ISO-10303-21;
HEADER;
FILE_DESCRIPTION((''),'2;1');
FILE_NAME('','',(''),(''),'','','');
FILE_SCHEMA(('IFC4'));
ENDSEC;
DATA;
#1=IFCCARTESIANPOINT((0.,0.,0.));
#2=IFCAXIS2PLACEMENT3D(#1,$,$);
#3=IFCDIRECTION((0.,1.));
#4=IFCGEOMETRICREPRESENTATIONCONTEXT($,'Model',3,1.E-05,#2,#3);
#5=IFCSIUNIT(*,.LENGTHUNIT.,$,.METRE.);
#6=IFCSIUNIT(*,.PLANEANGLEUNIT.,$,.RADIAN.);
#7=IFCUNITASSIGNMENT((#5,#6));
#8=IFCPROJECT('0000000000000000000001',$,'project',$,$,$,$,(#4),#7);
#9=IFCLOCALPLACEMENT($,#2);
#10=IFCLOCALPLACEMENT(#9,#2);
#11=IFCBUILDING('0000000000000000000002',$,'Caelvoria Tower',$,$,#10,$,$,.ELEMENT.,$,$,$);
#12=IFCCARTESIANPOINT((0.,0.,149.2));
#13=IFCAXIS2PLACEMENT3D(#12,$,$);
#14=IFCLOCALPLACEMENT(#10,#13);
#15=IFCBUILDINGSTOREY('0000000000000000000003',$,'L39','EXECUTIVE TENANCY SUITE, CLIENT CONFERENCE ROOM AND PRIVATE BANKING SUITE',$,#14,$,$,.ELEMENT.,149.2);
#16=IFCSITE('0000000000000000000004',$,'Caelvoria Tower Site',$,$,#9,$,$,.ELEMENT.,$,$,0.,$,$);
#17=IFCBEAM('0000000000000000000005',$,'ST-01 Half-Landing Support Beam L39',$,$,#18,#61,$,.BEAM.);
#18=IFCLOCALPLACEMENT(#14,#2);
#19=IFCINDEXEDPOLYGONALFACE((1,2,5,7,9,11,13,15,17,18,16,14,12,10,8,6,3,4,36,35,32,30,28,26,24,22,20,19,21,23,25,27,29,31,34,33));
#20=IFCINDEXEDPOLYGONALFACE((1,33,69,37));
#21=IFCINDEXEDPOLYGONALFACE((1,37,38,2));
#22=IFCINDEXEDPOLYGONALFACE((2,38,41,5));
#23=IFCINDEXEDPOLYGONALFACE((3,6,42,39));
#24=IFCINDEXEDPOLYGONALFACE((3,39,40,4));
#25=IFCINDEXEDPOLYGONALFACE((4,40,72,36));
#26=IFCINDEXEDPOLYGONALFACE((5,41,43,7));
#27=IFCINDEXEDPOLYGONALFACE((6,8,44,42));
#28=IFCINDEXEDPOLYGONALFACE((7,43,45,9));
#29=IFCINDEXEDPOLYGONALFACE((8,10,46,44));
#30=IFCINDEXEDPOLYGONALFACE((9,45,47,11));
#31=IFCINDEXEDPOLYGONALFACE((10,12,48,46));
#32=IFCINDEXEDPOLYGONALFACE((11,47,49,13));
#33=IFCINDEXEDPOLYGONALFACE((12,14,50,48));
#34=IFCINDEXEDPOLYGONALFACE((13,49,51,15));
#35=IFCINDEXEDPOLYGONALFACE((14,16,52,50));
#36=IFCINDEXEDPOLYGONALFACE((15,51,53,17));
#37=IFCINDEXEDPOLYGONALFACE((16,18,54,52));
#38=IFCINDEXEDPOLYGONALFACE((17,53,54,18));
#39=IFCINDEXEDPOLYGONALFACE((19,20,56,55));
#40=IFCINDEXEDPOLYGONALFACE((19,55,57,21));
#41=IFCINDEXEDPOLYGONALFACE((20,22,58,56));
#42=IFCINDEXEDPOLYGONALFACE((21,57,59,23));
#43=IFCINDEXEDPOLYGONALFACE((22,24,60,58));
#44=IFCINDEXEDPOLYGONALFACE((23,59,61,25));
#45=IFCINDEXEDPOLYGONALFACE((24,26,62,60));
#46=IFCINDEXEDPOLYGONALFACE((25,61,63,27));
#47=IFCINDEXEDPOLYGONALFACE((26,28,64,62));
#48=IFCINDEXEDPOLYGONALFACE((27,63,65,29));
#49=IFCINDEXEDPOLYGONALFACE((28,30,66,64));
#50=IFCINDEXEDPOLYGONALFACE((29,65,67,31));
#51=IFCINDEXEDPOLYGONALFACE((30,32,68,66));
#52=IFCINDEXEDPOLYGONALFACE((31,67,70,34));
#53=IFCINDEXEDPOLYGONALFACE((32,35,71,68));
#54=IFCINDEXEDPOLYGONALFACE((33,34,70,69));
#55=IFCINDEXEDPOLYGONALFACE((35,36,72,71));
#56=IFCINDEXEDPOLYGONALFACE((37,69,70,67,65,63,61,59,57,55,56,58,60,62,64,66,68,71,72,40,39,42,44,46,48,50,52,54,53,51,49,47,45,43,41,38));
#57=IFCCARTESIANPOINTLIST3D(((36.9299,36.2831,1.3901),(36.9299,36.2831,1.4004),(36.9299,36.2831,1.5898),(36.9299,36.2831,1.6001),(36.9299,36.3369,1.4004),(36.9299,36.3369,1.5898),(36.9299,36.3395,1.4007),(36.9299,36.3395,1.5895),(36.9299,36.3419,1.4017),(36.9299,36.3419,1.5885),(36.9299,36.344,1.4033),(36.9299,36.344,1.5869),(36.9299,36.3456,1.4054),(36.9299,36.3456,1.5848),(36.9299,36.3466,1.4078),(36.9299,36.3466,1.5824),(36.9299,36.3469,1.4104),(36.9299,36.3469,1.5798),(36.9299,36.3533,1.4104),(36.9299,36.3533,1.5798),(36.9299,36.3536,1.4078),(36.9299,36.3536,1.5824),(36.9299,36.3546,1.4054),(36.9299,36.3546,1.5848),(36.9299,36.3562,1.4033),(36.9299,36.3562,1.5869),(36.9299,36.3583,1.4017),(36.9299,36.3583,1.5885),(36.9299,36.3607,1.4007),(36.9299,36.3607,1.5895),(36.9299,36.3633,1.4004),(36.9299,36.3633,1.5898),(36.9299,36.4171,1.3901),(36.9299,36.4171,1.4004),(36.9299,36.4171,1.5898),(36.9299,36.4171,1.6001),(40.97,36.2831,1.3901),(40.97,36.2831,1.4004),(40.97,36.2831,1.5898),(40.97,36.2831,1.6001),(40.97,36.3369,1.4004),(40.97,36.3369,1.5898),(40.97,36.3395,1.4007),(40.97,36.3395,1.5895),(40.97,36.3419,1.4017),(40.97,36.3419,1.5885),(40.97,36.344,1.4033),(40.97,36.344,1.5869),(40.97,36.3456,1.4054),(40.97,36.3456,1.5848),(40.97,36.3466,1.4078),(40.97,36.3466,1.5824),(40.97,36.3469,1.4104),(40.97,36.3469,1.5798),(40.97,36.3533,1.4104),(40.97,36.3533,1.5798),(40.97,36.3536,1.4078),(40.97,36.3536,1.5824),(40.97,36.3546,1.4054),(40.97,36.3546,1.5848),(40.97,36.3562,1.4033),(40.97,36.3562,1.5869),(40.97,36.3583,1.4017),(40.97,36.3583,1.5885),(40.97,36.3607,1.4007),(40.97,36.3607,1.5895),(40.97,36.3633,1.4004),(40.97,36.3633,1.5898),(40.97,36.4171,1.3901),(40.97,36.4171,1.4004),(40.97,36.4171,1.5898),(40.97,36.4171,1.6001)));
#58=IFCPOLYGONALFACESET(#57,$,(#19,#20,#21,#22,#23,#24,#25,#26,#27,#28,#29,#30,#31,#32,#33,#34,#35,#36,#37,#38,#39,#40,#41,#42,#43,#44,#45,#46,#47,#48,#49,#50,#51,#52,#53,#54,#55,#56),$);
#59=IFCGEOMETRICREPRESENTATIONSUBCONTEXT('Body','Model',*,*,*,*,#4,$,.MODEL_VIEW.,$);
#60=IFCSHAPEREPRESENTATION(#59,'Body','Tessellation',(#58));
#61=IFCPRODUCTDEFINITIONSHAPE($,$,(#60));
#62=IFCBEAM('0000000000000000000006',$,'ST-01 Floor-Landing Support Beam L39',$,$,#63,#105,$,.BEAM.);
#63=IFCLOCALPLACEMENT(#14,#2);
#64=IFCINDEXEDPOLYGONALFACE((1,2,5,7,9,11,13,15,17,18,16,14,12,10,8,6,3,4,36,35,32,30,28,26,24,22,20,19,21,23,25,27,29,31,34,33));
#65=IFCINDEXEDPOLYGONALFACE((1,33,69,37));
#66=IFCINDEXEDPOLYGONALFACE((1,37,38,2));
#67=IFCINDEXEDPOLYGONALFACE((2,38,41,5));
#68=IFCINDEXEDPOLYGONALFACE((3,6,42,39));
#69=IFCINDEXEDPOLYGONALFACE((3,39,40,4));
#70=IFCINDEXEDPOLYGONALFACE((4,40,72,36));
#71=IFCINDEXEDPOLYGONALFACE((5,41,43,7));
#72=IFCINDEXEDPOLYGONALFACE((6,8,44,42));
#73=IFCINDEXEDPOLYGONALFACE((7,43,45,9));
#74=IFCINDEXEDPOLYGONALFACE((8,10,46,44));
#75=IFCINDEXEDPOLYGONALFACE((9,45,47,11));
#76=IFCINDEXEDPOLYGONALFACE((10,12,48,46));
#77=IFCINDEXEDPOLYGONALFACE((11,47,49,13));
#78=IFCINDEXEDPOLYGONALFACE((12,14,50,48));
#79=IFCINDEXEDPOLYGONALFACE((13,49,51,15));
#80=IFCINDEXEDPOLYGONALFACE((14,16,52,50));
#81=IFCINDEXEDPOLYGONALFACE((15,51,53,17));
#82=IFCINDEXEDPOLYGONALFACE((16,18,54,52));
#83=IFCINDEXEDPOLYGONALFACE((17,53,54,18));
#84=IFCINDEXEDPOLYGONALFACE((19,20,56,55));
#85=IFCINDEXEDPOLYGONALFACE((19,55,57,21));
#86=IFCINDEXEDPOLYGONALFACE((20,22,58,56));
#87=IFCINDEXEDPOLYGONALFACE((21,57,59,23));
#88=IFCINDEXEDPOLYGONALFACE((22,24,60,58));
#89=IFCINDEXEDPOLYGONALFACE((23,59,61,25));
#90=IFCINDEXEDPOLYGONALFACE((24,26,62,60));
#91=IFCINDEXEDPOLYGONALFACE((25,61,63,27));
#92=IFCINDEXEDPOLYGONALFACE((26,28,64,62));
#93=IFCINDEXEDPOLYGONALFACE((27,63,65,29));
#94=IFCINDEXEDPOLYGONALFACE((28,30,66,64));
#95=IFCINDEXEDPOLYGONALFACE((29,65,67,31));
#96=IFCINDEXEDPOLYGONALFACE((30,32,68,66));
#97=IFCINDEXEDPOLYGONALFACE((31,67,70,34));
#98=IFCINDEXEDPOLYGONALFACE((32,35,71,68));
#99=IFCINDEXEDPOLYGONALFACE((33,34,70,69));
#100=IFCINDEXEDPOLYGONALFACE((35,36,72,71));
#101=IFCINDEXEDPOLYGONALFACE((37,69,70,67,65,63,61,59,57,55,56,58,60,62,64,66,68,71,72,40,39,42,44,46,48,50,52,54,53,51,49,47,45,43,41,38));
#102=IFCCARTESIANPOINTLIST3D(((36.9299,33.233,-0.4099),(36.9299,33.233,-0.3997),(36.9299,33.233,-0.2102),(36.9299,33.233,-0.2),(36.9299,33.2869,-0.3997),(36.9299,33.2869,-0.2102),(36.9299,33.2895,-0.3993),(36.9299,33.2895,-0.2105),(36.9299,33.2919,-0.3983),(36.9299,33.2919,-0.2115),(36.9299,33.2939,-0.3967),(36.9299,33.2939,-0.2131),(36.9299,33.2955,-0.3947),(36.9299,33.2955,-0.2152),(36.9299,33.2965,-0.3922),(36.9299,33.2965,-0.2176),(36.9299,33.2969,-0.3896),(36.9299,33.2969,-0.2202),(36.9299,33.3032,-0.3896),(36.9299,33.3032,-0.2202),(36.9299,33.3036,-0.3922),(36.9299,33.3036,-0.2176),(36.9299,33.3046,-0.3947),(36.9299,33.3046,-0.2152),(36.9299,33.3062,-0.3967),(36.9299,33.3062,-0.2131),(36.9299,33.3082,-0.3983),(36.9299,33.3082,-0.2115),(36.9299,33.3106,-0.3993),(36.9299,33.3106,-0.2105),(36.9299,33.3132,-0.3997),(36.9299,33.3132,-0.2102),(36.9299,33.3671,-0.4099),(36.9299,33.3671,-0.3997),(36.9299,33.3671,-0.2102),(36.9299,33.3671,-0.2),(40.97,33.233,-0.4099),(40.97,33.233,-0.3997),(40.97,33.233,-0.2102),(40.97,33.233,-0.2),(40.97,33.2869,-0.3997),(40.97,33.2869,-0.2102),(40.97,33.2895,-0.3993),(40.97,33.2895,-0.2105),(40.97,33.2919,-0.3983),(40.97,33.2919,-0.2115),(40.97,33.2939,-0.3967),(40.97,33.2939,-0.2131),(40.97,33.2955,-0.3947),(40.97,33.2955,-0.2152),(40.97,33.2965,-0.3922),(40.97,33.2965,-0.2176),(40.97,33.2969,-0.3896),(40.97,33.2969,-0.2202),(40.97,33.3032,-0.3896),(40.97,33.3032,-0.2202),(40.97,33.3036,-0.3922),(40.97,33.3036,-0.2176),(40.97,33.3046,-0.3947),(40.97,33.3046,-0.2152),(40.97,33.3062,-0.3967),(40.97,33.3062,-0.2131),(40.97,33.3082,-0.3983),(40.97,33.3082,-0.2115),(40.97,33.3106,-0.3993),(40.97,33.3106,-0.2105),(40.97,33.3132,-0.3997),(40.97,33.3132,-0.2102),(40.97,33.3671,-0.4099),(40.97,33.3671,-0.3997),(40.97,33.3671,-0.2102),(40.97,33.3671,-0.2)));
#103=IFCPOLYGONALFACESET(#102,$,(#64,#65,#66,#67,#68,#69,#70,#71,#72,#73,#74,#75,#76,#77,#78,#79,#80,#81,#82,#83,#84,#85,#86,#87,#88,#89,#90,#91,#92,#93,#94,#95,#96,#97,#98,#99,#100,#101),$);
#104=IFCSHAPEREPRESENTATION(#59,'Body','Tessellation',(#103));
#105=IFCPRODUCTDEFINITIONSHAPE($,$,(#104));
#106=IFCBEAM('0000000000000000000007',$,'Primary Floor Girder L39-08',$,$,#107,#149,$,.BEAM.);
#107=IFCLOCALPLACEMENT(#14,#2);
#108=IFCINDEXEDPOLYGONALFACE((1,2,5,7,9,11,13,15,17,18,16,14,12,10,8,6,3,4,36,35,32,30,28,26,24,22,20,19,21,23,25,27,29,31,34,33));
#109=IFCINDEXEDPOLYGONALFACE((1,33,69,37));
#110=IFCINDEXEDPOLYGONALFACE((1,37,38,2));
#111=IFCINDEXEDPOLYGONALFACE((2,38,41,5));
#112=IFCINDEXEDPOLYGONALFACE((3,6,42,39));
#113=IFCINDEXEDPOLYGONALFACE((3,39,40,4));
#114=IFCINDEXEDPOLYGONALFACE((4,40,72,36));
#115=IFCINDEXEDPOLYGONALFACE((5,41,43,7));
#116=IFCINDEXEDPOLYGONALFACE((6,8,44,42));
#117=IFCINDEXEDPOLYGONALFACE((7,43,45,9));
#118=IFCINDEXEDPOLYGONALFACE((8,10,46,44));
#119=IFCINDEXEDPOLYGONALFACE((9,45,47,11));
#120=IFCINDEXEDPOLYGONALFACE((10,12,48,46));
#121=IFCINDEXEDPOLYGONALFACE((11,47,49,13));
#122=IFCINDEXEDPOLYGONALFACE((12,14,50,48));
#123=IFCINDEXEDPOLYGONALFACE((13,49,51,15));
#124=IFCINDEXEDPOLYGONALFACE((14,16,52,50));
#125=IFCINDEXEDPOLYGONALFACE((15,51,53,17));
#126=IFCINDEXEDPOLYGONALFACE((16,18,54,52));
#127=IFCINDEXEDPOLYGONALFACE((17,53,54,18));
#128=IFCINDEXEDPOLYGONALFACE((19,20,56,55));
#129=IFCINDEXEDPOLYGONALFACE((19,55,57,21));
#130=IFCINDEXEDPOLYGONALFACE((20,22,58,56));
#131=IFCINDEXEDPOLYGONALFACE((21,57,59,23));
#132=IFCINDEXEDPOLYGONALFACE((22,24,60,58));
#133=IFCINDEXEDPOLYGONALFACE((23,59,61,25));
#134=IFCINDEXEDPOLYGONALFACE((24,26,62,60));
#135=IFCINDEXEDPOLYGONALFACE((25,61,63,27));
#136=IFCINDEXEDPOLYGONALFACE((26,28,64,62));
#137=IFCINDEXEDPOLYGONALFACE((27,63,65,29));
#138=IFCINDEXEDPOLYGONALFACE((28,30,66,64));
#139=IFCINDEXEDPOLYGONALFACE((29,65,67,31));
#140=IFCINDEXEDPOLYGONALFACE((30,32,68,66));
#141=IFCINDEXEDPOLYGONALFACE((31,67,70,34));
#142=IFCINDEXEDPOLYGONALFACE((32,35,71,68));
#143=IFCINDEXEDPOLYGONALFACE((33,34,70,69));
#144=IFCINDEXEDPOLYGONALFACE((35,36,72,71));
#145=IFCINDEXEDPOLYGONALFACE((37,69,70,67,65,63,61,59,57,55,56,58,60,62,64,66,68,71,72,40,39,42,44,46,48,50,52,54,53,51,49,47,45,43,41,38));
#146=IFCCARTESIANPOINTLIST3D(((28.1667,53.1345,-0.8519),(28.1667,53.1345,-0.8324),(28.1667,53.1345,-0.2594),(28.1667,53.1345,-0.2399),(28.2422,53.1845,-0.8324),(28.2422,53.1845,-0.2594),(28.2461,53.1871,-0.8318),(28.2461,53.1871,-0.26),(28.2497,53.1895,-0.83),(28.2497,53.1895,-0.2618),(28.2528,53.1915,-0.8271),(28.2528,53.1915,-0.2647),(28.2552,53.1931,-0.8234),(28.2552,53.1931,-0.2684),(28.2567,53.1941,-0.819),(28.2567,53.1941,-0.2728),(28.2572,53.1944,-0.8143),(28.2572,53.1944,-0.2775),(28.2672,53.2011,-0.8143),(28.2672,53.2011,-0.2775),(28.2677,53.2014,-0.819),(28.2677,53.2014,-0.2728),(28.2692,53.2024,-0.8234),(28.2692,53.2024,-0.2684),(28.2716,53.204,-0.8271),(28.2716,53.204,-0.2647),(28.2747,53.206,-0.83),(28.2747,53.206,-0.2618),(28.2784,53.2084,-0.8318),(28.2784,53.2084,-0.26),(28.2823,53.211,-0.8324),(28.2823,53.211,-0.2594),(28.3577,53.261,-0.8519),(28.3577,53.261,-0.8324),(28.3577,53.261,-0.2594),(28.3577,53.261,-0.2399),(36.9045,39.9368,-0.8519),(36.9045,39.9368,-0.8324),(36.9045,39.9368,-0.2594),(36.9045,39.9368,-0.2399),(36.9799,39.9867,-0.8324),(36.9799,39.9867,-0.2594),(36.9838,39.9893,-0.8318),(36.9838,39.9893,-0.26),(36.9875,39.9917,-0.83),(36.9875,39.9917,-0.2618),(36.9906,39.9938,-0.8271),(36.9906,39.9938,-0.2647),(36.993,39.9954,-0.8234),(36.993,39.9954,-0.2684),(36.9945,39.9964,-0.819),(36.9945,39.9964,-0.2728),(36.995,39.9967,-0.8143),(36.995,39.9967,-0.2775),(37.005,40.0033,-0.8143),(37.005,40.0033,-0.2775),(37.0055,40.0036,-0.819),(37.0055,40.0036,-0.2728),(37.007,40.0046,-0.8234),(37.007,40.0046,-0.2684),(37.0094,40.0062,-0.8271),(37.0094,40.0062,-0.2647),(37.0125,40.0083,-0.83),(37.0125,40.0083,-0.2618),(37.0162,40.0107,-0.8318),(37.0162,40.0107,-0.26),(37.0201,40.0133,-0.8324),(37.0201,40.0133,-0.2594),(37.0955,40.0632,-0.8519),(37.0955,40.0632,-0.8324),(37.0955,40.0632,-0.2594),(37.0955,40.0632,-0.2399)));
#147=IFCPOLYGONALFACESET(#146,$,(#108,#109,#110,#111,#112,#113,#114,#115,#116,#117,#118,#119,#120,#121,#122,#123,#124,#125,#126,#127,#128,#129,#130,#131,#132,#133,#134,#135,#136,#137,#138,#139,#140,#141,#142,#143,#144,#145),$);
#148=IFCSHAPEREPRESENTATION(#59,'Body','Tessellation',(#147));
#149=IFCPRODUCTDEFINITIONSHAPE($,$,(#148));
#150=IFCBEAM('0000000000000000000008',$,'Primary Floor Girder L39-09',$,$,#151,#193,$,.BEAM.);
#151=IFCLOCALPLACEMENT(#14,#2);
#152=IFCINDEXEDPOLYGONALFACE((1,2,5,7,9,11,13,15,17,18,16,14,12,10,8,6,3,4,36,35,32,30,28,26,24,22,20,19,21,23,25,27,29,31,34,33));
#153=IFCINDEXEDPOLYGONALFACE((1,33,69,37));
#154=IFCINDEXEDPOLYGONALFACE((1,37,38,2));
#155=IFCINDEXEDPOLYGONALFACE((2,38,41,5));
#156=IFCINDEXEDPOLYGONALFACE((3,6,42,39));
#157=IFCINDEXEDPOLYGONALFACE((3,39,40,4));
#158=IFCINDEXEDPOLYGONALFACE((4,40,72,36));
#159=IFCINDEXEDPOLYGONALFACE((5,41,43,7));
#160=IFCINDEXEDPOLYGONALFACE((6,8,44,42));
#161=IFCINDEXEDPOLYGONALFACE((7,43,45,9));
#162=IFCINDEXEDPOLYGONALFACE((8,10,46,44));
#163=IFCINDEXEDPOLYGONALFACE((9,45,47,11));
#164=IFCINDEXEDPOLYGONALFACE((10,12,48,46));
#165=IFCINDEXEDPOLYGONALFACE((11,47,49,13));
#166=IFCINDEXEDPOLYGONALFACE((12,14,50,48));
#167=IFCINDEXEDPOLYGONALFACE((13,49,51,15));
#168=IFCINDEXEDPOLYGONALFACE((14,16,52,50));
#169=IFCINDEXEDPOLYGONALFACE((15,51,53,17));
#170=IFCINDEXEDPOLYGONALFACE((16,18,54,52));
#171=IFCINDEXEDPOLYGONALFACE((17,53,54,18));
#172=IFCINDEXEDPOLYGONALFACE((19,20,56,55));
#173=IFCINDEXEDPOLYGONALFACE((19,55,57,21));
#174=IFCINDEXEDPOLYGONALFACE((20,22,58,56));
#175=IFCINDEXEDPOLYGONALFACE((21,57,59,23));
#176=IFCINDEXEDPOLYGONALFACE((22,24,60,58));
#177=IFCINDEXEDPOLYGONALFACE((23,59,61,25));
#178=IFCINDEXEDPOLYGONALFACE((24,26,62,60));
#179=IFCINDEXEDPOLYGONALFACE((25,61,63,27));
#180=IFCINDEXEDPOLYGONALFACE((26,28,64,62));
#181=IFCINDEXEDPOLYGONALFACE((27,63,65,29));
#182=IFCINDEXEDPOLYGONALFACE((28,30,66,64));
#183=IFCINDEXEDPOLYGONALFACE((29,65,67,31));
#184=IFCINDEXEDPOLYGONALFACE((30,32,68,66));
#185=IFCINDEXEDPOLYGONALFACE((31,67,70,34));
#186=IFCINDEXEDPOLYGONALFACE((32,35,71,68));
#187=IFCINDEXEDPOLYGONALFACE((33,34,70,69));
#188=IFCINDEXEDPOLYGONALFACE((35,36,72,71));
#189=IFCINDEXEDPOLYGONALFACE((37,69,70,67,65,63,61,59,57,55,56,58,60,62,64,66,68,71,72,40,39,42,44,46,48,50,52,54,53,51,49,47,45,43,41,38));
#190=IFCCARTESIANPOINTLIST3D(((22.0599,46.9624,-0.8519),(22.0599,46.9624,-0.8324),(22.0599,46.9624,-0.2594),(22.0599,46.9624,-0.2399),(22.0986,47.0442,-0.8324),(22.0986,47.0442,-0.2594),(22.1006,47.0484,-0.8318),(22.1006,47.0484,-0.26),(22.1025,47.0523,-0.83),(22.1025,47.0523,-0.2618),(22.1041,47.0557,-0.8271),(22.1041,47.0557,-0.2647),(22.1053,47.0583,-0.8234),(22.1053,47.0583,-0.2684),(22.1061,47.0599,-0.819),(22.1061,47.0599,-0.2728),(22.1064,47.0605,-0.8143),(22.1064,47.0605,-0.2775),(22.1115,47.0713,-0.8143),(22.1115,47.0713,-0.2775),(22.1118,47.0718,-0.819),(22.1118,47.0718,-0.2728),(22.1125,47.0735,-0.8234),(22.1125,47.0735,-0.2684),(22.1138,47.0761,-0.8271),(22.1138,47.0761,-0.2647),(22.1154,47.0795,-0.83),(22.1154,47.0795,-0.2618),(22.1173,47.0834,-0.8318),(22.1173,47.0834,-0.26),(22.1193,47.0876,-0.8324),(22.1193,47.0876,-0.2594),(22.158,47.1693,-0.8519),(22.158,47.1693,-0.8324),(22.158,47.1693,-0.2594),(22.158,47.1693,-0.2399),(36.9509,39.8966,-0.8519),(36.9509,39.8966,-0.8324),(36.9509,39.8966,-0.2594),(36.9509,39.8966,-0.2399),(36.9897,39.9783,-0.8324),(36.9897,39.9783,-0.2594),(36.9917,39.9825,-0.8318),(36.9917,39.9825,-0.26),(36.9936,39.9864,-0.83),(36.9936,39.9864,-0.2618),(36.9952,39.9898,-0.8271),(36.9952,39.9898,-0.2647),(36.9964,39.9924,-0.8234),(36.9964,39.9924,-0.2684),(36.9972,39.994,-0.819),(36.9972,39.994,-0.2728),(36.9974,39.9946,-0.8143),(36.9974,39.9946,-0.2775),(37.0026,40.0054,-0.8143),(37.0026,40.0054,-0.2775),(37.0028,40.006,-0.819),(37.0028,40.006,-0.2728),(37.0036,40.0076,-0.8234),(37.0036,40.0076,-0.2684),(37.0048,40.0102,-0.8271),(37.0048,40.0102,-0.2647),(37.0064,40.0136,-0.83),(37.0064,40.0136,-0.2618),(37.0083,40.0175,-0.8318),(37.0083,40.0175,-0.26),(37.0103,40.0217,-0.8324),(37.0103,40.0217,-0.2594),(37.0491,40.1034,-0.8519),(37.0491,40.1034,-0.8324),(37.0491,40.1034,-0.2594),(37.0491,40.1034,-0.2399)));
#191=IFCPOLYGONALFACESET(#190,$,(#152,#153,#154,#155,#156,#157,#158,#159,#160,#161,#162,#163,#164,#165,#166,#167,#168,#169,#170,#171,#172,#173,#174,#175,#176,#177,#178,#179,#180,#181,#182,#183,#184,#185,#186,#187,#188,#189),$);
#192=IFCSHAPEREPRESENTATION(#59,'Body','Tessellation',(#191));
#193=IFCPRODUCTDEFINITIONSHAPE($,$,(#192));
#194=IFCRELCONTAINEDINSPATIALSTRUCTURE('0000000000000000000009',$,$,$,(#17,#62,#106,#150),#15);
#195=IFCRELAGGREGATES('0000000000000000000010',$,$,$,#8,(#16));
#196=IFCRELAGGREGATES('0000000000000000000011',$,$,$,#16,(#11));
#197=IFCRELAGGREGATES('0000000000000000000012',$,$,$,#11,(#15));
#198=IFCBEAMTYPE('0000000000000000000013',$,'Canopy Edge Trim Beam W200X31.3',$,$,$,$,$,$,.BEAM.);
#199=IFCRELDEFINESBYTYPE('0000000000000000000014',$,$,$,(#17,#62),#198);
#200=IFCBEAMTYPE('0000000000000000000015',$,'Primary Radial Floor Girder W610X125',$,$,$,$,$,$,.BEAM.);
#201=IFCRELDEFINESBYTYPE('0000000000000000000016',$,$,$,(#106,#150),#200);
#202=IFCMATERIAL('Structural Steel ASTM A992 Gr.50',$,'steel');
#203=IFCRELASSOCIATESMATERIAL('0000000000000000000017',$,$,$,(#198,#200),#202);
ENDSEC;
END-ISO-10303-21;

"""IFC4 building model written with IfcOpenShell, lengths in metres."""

from ifc_helpers import new_model, si_unit, direction, frame, origin, origin_2d, place, context, subcontext, project, spatial, i_section, extrude, material, material_profile, profile_set, type_object, element, save


model = new_model("IFC4")

# Units and contexts
model_context = context("Model", 3, precision=1e-05, world=origin(), true_north=direction((0.0, 1.0)))
body_context = subcontext(model_context, "Body", "Model", "MODEL_VIEW")
ifc_project = project(units=[si_unit("LENGTHUNIT", "METRE"), si_unit("PLANEANGLEUNIT", "RADIAN")], contexts=[model_context])

# Site, building, storey
site_placement = place(None, origin())
site = spatial("IfcSite", under=ifc_project, at=site_placement, Name="Caelvoria Tower Site", CompositionType="ELEMENT", RefElevation=0.0)
building_placement = place(site_placement, origin())
building = spatial("IfcBuilding", under=site, at=building_placement, Name="Caelvoria Tower", CompositionType="ELEMENT")
storey_placement = place(building_placement, frame((0.0, 0.0, 149.2)))
storey = spatial("IfcBuildingStorey", under=building, at=storey_placement, Name="L39", Description="EXECUTIVE TENANCY SUITE, CLIENT CONFERENCE ROOM AND PRIVATE BANKING SUITE", CompositionType="ELEMENT", Elevation=149.2)

# Beams
ifc_material_1 = material(Name="Structural Steel ASTM A992 Gr.50", Category="steel")
ifc_material_profile_1 = material_profile(ifc_material_1, i_section(OverallWidth=0.134, OverallDepth=0.21, WebThickness=0.0063, FlangeThickness=0.0103, FilletRadius=0.01, at=origin_2d()), Name="Structural Steel ASTM A992 Gr.50")
ifc_profile_set_1 = profile_set([ifc_material_profile_1], Name="W200X31.3 - Structural Steel ASTM A992 Gr.50")
beam_type_1 = type_object("IfcBeamType", Name="Canopy Edge Trim Beam W200X31.3", PredefinedType="BEAM", material=ifc_profile_set_1)
for number, where, z_axis, x_axis, name in (
    (1, (36.9299, 36.3501, 1.4951), (1.0, 0.0, 0.0), (0.0, 1.0, 0.0), "ST-01 Half-Landing Support Beam L39"),
    (2, (36.9299, 33.3, -0.3049), (1.0, 0.0, 0.0), (0.0, 1.0, 0.0), "ST-01 Floor-Landing Support Beam L39"),
):
    element("IfcBeam", number, at=place(storey_placement, frame(where, z_axis=z_axis, x_axis=x_axis)), inside=storey, type_object=beam_type_1, Name=name, PredefinedType="BEAM", context=body_context, shape_type="SweptSolid", body=[
        extrude(i_section(OverallWidth=0.134, OverallDepth=0.21, WebThickness=0.0063, FlangeThickness=0.0103, FilletRadius=0.01, at=origin_2d()), origin(), (0.0, 0.0, 1.0), 4.04),
    ])
ifc_material_profile_2 = material_profile(ifc_material_1, i_section(OverallWidth=0.229, OverallDepth=0.6121, WebThickness=0.012, FlangeThickness=0.0195, FilletRadius=0.0181, at=origin_2d()), Name="Structural Steel ASTM A992 Gr.50")
ifc_profile_set_2 = profile_set([ifc_material_profile_2], Name="W610X125 - Structural Steel ASTM A992 Gr.50")
beam_type_2 = type_object("IfcBeamType", Name="Primary Radial Floor Girder W610X125", PredefinedType="BEAM", material=ifc_profile_set_2)
beam_1_placement = place(storey_placement, frame((37.0, 40.0, -0.5459), z_axis=(-0.552042, 0.833816, 0.0), x_axis=(-0.833816, -0.552042, 0.0)))
element("IfcBeam", 3, at=beam_1_placement, inside=storey, type_object=beam_type_2, Name="Primary Floor Girder L39-08", PredefinedType="BEAM", context=body_context, shape_type="SweptSolid", body=[
    extrude(i_section(OverallWidth=0.229, OverallDepth=0.6121, WebThickness=0.012, FlangeThickness=0.0195, FilletRadius=0.0181, at=origin_2d()), origin(), (0.0, 0.0, 1.0), 15.8281),
])
beam_2_placement = place(storey_placement, frame((37.0, 40.0, -0.5459), z_axis=(-0.903451, 0.428692, 0.0), x_axis=(-0.428692, -0.903451, 0.0)))
element("IfcBeam", 4, at=beam_2_placement, inside=storey, type_object=beam_type_2, Name="Primary Floor Girder L39-09", PredefinedType="BEAM", context=body_context, shape_type="SweptSolid", body=[
    extrude(i_section(OverallWidth=0.229, OverallDepth=0.6121, WebThickness=0.012, FlangeThickness=0.0195, FilletRadius=0.0181, at=origin_2d()), origin(), (0.0, 0.0, 1.0), 16.4824),
])

save(model, "model.ifc")
